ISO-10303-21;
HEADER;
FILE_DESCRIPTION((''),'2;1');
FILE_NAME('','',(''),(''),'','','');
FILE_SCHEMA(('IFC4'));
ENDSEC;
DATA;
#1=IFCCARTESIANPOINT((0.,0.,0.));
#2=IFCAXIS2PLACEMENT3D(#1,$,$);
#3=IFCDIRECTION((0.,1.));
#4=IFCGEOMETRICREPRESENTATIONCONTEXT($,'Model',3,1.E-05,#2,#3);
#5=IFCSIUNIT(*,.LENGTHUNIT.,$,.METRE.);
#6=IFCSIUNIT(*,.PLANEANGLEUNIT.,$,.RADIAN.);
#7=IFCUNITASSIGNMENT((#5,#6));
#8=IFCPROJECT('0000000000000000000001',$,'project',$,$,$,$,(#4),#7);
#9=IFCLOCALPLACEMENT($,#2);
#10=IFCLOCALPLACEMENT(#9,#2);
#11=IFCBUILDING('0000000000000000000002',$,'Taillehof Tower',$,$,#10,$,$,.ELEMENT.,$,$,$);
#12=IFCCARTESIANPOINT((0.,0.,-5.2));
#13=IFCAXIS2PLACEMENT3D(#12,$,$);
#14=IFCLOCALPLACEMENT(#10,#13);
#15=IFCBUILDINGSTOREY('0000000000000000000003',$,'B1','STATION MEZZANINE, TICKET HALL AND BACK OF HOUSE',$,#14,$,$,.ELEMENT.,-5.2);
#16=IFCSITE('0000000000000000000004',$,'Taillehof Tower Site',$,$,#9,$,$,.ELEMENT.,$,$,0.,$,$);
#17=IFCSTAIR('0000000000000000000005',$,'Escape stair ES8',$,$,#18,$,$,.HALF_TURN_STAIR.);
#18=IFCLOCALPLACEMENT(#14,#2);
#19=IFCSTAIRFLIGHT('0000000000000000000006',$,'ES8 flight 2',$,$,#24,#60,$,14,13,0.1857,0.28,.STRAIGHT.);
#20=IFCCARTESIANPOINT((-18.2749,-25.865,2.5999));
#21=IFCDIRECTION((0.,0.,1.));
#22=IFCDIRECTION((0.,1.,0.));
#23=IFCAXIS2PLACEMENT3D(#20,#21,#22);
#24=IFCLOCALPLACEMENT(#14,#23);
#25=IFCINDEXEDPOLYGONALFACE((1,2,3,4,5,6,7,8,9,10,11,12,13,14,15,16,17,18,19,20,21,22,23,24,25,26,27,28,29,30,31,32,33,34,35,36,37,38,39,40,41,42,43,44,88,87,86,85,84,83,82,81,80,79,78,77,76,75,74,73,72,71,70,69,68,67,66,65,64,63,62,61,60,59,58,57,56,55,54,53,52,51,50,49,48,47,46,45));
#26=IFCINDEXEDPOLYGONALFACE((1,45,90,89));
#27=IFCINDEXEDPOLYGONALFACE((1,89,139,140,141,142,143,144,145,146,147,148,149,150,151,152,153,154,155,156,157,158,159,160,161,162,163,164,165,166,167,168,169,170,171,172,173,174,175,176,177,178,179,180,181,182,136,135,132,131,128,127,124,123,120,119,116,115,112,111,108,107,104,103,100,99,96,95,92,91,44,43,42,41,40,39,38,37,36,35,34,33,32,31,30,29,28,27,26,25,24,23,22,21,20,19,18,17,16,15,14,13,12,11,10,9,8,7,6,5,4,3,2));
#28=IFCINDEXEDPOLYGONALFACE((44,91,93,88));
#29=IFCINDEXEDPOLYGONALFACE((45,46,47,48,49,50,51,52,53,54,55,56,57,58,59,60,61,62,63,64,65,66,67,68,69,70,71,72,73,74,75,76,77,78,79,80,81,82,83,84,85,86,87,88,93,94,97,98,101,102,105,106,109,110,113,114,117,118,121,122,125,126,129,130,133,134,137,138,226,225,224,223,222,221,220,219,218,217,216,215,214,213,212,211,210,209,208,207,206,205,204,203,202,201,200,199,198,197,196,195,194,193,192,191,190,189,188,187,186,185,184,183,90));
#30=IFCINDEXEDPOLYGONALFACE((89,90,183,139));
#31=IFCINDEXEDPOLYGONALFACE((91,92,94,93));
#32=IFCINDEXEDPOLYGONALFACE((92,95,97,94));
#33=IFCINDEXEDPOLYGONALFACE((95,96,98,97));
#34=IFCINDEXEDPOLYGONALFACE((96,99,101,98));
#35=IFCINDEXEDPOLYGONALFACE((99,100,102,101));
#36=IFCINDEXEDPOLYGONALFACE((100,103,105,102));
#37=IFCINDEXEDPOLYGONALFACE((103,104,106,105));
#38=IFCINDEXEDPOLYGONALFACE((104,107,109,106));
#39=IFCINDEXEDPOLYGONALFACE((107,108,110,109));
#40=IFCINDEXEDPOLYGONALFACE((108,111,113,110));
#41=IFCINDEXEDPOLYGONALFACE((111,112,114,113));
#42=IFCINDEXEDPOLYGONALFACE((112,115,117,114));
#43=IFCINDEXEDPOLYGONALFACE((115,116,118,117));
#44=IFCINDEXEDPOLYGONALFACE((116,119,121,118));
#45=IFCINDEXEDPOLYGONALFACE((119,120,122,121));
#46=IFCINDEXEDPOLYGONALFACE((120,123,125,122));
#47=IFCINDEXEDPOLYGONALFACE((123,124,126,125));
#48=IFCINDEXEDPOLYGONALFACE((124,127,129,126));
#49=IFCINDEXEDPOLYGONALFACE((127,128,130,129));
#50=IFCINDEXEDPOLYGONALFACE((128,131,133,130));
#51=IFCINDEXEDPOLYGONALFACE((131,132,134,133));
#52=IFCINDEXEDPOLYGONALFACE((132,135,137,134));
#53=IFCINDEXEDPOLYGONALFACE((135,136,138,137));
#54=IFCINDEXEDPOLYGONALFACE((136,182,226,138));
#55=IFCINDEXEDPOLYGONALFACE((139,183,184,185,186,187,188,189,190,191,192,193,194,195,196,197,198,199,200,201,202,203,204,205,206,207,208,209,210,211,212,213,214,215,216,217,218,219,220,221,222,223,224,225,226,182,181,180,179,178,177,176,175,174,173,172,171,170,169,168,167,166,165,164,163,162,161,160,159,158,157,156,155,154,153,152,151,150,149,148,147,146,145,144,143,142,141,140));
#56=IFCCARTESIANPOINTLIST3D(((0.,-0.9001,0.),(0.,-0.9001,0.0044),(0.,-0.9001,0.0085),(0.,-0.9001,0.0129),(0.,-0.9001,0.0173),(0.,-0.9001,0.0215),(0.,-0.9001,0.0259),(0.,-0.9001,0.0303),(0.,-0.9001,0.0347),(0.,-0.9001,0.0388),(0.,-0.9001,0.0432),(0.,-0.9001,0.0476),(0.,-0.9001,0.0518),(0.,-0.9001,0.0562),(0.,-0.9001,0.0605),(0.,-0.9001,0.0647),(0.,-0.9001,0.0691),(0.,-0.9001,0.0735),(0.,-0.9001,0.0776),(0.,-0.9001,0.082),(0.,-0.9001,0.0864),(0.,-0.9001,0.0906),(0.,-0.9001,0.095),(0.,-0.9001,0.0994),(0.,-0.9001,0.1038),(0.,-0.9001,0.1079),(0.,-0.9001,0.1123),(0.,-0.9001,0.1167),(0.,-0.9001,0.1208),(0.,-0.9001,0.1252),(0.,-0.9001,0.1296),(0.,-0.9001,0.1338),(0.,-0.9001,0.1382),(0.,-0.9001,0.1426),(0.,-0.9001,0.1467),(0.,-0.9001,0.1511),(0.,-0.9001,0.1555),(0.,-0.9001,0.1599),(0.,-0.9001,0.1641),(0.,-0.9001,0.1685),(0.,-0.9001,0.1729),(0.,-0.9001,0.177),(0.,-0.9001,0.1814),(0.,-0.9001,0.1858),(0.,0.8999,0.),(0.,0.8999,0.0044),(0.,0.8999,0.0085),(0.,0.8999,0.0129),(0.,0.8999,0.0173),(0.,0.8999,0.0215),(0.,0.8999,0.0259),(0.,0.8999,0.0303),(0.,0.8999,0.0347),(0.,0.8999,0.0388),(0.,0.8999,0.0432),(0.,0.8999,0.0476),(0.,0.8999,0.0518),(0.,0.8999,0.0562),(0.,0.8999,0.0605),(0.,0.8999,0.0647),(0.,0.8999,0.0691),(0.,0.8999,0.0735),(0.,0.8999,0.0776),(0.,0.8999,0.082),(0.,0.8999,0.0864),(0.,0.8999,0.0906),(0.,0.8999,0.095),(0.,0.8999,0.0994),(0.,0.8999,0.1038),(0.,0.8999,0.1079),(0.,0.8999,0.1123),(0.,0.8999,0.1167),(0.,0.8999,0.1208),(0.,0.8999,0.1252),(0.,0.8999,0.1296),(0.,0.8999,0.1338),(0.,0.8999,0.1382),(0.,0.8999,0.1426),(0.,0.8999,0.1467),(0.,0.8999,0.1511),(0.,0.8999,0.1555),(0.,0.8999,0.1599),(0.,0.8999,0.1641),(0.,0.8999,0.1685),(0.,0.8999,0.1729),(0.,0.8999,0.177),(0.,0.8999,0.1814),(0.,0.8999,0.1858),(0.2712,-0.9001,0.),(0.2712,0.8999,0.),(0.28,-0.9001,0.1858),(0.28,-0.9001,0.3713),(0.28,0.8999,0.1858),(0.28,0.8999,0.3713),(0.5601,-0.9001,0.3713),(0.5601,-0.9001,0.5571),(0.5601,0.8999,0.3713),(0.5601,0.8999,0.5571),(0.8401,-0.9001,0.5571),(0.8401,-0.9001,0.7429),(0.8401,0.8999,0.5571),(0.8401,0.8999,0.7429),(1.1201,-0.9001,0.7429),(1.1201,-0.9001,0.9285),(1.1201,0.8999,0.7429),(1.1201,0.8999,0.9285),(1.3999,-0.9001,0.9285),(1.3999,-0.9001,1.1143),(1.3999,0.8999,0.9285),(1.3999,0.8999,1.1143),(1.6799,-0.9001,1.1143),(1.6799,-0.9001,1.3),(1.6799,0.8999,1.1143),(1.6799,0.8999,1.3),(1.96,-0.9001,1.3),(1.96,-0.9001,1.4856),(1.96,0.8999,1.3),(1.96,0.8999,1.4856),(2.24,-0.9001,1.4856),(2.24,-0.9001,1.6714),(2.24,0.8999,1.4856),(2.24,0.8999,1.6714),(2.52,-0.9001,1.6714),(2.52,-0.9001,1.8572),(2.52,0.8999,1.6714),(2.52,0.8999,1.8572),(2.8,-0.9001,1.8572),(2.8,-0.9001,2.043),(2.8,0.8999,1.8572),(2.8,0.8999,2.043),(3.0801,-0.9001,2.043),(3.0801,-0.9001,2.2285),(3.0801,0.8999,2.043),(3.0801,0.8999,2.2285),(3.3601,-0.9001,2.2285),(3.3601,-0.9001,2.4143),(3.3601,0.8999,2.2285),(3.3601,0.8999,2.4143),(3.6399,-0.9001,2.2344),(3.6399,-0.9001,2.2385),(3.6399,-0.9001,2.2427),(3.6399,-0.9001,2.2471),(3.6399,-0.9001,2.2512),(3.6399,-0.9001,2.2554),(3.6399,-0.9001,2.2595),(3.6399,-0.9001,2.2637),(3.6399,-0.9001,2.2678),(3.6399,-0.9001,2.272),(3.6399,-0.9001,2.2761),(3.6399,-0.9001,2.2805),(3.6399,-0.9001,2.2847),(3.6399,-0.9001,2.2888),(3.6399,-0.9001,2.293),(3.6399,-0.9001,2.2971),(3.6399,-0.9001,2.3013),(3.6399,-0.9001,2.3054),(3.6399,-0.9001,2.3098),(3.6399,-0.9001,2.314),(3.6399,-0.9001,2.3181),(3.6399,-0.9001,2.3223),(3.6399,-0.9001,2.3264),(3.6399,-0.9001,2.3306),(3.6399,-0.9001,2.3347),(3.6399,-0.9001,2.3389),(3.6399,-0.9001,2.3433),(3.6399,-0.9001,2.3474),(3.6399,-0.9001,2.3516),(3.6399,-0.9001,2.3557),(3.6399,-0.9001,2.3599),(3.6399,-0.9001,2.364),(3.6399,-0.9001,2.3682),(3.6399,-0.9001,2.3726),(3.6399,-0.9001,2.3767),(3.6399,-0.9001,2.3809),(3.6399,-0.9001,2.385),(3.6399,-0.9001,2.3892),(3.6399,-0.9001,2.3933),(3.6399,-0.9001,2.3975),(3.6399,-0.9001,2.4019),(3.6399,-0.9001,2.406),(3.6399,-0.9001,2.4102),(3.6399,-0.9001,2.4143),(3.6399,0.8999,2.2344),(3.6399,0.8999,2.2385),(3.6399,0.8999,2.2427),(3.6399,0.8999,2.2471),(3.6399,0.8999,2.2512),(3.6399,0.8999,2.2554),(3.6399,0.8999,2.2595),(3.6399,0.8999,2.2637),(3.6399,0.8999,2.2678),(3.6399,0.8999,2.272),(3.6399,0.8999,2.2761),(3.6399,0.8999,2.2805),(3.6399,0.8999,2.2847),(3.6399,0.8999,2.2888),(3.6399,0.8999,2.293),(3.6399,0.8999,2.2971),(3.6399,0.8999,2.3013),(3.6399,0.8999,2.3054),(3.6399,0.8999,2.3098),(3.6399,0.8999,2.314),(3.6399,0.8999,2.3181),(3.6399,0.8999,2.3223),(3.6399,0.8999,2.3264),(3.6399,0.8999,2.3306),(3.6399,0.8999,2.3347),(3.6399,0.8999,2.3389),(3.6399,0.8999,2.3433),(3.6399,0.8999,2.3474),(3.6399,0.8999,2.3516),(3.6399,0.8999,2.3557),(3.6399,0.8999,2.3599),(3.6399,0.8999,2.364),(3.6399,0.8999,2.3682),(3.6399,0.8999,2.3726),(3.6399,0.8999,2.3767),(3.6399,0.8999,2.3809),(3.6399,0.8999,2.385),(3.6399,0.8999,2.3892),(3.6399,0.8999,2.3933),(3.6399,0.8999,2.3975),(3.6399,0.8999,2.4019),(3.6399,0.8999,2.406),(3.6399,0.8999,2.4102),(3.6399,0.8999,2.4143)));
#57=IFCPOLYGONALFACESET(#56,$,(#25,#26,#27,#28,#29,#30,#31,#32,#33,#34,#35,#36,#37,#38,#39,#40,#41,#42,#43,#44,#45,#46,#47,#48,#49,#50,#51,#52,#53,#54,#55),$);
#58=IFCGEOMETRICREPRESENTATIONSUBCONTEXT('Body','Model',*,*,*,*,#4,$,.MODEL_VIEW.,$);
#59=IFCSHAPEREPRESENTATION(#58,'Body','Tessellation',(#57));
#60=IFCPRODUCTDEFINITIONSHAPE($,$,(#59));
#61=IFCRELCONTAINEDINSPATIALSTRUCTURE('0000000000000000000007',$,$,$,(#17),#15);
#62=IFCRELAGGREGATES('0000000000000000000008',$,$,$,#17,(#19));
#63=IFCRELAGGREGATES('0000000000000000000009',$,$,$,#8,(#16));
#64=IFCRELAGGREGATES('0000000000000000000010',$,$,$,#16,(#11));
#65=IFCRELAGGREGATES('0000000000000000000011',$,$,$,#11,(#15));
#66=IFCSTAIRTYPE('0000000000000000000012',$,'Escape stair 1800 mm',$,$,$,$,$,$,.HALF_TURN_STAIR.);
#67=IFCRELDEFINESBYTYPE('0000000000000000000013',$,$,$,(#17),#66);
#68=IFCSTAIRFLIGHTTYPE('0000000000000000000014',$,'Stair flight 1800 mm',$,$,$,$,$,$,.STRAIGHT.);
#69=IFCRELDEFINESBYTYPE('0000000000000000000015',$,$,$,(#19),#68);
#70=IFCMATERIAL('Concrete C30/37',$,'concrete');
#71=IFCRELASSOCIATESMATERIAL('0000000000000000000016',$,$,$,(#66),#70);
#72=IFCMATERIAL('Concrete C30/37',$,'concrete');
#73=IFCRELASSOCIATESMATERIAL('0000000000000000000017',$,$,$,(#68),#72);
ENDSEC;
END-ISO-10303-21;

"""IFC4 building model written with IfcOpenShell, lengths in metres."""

from ifc_helpers import new_model, si_unit, direction, frame, origin, place, context, subcontext, project, spatial, polyline, outline, extrude, material, type_object, element, aggregate, save


model = new_model("IFC4")

# Units and contexts
model_context = context("Model", 3, precision=1e-05, world=origin(), true_north=direction((0.0, 1.0)))
body_context = subcontext(model_context, "Body", "Model", "MODEL_VIEW")
ifc_project = project(units=[si_unit("LENGTHUNIT", "METRE"), si_unit("PLANEANGLEUNIT", "RADIAN")], contexts=[model_context])

# Site, building, storey
site_placement = place(None, origin())
site = spatial("IfcSite", under=ifc_project, at=site_placement, Name="Taillehof Tower Site", CompositionType="ELEMENT", RefElevation=0.0)
building_placement = place(site_placement, origin())
building = spatial("IfcBuilding", under=site, at=building_placement, Name="Taillehof Tower", CompositionType="ELEMENT")
storey_placement = place(building_placement, frame((0.0, 0.0, -5.2)))
storey = spatial("IfcBuildingStorey", under=building, at=storey_placement, Name="B1", Description="STATION MEZZANINE, TICKET HALL AND BACK OF HOUSE", CompositionType="ELEMENT", Elevation=-5.2)

# Stair, stair flight
ifc_material_1 = material(Name="Concrete C30/37", Category="concrete")
stair_type = type_object("IfcStairType", Name="Escape stair 1800 mm", PredefinedType="HALF_TURN_STAIR", material=ifc_material_1)
stair_placement = place(storey_placement, origin())
stair = element("IfcStair", 1, at=stair_placement, inside=storey, type_object=stair_type, Name="Escape stair ES8", PredefinedType="HALF_TURN_STAIR")
ifc_material_2 = material(Name="Concrete C30/37", Category="concrete")
stair_flight_type = type_object("IfcStairFlightType", Name="Stair flight 1800 mm", PredefinedType="STRAIGHT", material=ifc_material_2)
stair_flight_1_placement = place(storey_placement, frame((-18.2749, -25.865, 2.5999), z_axis=(0.0, 0.0, 1.0), x_axis=(0.0, 1.0, 0.0)))
stair_flight_1 = element("IfcStairFlight", 2, at=stair_flight_1_placement, type_object=stair_flight_type, Name="ES8 flight 2", NumberOfRisers=14, NumberOfTreads=13, PredefinedType="STRAIGHT", RiserHeight=0.1857, TreadLength=0.28, context=body_context, shape_type="SweptSolid", body=[
    extrude(outline(polyline([(0.0, 0.0), (0.0, 0.0044), (0.0, 0.0085), (0.0, 0.0129), (0.0, 0.0173), (0.0, 0.0215), (0.0, 0.0259), (0.0, 0.0303), (0.0, 0.0347), (0.0, 0.0388), (0.0, 0.0432), (0.0, 0.0476), (0.0, 0.0518), (0.0, 0.0562), (0.0, 0.0605), (0.0, 0.0647), (0.0, 0.0691), (0.0, 0.0735), (0.0, 0.0776), (0.0, 0.082), (0.0, 0.0864), (0.0, 0.0906), (0.0, 0.095), (0.0, 0.0994), (0.0, 0.1038), (0.0, 0.1079), (0.0, 0.1123), (0.0, 0.1167), (0.0, 0.1208), (0.0, 0.1252), (0.0, 0.1296), (0.0, 0.1338), (0.0, 0.1382), (0.0, 0.1426), (0.0, 0.1467), (0.0, 0.1511), (0.0, 0.1555), (0.0, 0.1599), (0.0, 0.1641), (0.0, 0.1685), (0.0, 0.1729), (0.0, 0.177), (0.0, 0.1814), (0.0, 0.1858), (0.28, 0.1858), (0.28, 0.3713), (0.5601, 0.3713), (0.5601, 0.5571), (0.8401, 0.5571), (0.8401, 0.7429), (1.1201, 0.7429), (1.1201, 0.9285), (1.3999, 0.9285), (1.3999, 1.1143), (1.6799, 1.1143), (1.6799, 1.3), (1.96, 1.3), (1.96, 1.4856), (2.24, 1.4856), (2.24, 1.6714), (2.52, 1.6714), (2.52, 1.8572), (2.8, 1.8572), (2.8, 2.043), (3.0801, 2.043), (3.0801, 2.2285), (3.3601, 2.2285), (3.3601, 2.4143), (3.6399, 2.4143), (3.6399, 2.4102), (3.6399, 2.406), (3.6399, 2.4019), (3.6399, 2.3975), (3.6399, 2.3933), (3.6399, 2.3892), (3.6399, 2.385), (3.6399, 2.3809), (3.6399, 2.3767), (3.6399, 2.3726), (3.6399, 2.3682), (3.6399, 2.364), (3.6399, 2.3599), (3.6399, 2.3557), (3.6399, 2.3516), (3.6399, 2.3474), (3.6399, 2.3433), (3.6399, 2.3389), (3.6399, 2.3347), (3.6399, 2.3306), (3.6399, 2.3264), (3.6399, 2.3223), (3.6399, 2.3181), (3.6399, 2.314), (3.6399, 2.3098), (3.6399, 2.3054), (3.6399, 2.3013), (3.6399, 2.2971), (3.6399, 2.293), (3.6399, 2.2888), (3.6399, 2.2847), (3.6399, 2.2805), (3.6399, 2.2761), (3.6399, 2.272), (3.6399, 2.2678), (3.6399, 2.2637), (3.6399, 2.2595), (3.6399, 2.2554), (3.6399, 2.2512), (3.6399, 2.2471), (3.6399, 2.2427), (3.6399, 2.2385), (3.6399, 2.2344), (0.2712, 0.0), (0.0, 0.0)])), frame((0.0, 0.8999, 0.0), z_axis=(0.0, -1.0, 0.0), x_axis=(1.0, 0.0, 0.0)), (0.0, 0.0, 1.0), 1.8),
])
aggregate(stair, [stair_flight_1])

save(model, "model.ifc")
